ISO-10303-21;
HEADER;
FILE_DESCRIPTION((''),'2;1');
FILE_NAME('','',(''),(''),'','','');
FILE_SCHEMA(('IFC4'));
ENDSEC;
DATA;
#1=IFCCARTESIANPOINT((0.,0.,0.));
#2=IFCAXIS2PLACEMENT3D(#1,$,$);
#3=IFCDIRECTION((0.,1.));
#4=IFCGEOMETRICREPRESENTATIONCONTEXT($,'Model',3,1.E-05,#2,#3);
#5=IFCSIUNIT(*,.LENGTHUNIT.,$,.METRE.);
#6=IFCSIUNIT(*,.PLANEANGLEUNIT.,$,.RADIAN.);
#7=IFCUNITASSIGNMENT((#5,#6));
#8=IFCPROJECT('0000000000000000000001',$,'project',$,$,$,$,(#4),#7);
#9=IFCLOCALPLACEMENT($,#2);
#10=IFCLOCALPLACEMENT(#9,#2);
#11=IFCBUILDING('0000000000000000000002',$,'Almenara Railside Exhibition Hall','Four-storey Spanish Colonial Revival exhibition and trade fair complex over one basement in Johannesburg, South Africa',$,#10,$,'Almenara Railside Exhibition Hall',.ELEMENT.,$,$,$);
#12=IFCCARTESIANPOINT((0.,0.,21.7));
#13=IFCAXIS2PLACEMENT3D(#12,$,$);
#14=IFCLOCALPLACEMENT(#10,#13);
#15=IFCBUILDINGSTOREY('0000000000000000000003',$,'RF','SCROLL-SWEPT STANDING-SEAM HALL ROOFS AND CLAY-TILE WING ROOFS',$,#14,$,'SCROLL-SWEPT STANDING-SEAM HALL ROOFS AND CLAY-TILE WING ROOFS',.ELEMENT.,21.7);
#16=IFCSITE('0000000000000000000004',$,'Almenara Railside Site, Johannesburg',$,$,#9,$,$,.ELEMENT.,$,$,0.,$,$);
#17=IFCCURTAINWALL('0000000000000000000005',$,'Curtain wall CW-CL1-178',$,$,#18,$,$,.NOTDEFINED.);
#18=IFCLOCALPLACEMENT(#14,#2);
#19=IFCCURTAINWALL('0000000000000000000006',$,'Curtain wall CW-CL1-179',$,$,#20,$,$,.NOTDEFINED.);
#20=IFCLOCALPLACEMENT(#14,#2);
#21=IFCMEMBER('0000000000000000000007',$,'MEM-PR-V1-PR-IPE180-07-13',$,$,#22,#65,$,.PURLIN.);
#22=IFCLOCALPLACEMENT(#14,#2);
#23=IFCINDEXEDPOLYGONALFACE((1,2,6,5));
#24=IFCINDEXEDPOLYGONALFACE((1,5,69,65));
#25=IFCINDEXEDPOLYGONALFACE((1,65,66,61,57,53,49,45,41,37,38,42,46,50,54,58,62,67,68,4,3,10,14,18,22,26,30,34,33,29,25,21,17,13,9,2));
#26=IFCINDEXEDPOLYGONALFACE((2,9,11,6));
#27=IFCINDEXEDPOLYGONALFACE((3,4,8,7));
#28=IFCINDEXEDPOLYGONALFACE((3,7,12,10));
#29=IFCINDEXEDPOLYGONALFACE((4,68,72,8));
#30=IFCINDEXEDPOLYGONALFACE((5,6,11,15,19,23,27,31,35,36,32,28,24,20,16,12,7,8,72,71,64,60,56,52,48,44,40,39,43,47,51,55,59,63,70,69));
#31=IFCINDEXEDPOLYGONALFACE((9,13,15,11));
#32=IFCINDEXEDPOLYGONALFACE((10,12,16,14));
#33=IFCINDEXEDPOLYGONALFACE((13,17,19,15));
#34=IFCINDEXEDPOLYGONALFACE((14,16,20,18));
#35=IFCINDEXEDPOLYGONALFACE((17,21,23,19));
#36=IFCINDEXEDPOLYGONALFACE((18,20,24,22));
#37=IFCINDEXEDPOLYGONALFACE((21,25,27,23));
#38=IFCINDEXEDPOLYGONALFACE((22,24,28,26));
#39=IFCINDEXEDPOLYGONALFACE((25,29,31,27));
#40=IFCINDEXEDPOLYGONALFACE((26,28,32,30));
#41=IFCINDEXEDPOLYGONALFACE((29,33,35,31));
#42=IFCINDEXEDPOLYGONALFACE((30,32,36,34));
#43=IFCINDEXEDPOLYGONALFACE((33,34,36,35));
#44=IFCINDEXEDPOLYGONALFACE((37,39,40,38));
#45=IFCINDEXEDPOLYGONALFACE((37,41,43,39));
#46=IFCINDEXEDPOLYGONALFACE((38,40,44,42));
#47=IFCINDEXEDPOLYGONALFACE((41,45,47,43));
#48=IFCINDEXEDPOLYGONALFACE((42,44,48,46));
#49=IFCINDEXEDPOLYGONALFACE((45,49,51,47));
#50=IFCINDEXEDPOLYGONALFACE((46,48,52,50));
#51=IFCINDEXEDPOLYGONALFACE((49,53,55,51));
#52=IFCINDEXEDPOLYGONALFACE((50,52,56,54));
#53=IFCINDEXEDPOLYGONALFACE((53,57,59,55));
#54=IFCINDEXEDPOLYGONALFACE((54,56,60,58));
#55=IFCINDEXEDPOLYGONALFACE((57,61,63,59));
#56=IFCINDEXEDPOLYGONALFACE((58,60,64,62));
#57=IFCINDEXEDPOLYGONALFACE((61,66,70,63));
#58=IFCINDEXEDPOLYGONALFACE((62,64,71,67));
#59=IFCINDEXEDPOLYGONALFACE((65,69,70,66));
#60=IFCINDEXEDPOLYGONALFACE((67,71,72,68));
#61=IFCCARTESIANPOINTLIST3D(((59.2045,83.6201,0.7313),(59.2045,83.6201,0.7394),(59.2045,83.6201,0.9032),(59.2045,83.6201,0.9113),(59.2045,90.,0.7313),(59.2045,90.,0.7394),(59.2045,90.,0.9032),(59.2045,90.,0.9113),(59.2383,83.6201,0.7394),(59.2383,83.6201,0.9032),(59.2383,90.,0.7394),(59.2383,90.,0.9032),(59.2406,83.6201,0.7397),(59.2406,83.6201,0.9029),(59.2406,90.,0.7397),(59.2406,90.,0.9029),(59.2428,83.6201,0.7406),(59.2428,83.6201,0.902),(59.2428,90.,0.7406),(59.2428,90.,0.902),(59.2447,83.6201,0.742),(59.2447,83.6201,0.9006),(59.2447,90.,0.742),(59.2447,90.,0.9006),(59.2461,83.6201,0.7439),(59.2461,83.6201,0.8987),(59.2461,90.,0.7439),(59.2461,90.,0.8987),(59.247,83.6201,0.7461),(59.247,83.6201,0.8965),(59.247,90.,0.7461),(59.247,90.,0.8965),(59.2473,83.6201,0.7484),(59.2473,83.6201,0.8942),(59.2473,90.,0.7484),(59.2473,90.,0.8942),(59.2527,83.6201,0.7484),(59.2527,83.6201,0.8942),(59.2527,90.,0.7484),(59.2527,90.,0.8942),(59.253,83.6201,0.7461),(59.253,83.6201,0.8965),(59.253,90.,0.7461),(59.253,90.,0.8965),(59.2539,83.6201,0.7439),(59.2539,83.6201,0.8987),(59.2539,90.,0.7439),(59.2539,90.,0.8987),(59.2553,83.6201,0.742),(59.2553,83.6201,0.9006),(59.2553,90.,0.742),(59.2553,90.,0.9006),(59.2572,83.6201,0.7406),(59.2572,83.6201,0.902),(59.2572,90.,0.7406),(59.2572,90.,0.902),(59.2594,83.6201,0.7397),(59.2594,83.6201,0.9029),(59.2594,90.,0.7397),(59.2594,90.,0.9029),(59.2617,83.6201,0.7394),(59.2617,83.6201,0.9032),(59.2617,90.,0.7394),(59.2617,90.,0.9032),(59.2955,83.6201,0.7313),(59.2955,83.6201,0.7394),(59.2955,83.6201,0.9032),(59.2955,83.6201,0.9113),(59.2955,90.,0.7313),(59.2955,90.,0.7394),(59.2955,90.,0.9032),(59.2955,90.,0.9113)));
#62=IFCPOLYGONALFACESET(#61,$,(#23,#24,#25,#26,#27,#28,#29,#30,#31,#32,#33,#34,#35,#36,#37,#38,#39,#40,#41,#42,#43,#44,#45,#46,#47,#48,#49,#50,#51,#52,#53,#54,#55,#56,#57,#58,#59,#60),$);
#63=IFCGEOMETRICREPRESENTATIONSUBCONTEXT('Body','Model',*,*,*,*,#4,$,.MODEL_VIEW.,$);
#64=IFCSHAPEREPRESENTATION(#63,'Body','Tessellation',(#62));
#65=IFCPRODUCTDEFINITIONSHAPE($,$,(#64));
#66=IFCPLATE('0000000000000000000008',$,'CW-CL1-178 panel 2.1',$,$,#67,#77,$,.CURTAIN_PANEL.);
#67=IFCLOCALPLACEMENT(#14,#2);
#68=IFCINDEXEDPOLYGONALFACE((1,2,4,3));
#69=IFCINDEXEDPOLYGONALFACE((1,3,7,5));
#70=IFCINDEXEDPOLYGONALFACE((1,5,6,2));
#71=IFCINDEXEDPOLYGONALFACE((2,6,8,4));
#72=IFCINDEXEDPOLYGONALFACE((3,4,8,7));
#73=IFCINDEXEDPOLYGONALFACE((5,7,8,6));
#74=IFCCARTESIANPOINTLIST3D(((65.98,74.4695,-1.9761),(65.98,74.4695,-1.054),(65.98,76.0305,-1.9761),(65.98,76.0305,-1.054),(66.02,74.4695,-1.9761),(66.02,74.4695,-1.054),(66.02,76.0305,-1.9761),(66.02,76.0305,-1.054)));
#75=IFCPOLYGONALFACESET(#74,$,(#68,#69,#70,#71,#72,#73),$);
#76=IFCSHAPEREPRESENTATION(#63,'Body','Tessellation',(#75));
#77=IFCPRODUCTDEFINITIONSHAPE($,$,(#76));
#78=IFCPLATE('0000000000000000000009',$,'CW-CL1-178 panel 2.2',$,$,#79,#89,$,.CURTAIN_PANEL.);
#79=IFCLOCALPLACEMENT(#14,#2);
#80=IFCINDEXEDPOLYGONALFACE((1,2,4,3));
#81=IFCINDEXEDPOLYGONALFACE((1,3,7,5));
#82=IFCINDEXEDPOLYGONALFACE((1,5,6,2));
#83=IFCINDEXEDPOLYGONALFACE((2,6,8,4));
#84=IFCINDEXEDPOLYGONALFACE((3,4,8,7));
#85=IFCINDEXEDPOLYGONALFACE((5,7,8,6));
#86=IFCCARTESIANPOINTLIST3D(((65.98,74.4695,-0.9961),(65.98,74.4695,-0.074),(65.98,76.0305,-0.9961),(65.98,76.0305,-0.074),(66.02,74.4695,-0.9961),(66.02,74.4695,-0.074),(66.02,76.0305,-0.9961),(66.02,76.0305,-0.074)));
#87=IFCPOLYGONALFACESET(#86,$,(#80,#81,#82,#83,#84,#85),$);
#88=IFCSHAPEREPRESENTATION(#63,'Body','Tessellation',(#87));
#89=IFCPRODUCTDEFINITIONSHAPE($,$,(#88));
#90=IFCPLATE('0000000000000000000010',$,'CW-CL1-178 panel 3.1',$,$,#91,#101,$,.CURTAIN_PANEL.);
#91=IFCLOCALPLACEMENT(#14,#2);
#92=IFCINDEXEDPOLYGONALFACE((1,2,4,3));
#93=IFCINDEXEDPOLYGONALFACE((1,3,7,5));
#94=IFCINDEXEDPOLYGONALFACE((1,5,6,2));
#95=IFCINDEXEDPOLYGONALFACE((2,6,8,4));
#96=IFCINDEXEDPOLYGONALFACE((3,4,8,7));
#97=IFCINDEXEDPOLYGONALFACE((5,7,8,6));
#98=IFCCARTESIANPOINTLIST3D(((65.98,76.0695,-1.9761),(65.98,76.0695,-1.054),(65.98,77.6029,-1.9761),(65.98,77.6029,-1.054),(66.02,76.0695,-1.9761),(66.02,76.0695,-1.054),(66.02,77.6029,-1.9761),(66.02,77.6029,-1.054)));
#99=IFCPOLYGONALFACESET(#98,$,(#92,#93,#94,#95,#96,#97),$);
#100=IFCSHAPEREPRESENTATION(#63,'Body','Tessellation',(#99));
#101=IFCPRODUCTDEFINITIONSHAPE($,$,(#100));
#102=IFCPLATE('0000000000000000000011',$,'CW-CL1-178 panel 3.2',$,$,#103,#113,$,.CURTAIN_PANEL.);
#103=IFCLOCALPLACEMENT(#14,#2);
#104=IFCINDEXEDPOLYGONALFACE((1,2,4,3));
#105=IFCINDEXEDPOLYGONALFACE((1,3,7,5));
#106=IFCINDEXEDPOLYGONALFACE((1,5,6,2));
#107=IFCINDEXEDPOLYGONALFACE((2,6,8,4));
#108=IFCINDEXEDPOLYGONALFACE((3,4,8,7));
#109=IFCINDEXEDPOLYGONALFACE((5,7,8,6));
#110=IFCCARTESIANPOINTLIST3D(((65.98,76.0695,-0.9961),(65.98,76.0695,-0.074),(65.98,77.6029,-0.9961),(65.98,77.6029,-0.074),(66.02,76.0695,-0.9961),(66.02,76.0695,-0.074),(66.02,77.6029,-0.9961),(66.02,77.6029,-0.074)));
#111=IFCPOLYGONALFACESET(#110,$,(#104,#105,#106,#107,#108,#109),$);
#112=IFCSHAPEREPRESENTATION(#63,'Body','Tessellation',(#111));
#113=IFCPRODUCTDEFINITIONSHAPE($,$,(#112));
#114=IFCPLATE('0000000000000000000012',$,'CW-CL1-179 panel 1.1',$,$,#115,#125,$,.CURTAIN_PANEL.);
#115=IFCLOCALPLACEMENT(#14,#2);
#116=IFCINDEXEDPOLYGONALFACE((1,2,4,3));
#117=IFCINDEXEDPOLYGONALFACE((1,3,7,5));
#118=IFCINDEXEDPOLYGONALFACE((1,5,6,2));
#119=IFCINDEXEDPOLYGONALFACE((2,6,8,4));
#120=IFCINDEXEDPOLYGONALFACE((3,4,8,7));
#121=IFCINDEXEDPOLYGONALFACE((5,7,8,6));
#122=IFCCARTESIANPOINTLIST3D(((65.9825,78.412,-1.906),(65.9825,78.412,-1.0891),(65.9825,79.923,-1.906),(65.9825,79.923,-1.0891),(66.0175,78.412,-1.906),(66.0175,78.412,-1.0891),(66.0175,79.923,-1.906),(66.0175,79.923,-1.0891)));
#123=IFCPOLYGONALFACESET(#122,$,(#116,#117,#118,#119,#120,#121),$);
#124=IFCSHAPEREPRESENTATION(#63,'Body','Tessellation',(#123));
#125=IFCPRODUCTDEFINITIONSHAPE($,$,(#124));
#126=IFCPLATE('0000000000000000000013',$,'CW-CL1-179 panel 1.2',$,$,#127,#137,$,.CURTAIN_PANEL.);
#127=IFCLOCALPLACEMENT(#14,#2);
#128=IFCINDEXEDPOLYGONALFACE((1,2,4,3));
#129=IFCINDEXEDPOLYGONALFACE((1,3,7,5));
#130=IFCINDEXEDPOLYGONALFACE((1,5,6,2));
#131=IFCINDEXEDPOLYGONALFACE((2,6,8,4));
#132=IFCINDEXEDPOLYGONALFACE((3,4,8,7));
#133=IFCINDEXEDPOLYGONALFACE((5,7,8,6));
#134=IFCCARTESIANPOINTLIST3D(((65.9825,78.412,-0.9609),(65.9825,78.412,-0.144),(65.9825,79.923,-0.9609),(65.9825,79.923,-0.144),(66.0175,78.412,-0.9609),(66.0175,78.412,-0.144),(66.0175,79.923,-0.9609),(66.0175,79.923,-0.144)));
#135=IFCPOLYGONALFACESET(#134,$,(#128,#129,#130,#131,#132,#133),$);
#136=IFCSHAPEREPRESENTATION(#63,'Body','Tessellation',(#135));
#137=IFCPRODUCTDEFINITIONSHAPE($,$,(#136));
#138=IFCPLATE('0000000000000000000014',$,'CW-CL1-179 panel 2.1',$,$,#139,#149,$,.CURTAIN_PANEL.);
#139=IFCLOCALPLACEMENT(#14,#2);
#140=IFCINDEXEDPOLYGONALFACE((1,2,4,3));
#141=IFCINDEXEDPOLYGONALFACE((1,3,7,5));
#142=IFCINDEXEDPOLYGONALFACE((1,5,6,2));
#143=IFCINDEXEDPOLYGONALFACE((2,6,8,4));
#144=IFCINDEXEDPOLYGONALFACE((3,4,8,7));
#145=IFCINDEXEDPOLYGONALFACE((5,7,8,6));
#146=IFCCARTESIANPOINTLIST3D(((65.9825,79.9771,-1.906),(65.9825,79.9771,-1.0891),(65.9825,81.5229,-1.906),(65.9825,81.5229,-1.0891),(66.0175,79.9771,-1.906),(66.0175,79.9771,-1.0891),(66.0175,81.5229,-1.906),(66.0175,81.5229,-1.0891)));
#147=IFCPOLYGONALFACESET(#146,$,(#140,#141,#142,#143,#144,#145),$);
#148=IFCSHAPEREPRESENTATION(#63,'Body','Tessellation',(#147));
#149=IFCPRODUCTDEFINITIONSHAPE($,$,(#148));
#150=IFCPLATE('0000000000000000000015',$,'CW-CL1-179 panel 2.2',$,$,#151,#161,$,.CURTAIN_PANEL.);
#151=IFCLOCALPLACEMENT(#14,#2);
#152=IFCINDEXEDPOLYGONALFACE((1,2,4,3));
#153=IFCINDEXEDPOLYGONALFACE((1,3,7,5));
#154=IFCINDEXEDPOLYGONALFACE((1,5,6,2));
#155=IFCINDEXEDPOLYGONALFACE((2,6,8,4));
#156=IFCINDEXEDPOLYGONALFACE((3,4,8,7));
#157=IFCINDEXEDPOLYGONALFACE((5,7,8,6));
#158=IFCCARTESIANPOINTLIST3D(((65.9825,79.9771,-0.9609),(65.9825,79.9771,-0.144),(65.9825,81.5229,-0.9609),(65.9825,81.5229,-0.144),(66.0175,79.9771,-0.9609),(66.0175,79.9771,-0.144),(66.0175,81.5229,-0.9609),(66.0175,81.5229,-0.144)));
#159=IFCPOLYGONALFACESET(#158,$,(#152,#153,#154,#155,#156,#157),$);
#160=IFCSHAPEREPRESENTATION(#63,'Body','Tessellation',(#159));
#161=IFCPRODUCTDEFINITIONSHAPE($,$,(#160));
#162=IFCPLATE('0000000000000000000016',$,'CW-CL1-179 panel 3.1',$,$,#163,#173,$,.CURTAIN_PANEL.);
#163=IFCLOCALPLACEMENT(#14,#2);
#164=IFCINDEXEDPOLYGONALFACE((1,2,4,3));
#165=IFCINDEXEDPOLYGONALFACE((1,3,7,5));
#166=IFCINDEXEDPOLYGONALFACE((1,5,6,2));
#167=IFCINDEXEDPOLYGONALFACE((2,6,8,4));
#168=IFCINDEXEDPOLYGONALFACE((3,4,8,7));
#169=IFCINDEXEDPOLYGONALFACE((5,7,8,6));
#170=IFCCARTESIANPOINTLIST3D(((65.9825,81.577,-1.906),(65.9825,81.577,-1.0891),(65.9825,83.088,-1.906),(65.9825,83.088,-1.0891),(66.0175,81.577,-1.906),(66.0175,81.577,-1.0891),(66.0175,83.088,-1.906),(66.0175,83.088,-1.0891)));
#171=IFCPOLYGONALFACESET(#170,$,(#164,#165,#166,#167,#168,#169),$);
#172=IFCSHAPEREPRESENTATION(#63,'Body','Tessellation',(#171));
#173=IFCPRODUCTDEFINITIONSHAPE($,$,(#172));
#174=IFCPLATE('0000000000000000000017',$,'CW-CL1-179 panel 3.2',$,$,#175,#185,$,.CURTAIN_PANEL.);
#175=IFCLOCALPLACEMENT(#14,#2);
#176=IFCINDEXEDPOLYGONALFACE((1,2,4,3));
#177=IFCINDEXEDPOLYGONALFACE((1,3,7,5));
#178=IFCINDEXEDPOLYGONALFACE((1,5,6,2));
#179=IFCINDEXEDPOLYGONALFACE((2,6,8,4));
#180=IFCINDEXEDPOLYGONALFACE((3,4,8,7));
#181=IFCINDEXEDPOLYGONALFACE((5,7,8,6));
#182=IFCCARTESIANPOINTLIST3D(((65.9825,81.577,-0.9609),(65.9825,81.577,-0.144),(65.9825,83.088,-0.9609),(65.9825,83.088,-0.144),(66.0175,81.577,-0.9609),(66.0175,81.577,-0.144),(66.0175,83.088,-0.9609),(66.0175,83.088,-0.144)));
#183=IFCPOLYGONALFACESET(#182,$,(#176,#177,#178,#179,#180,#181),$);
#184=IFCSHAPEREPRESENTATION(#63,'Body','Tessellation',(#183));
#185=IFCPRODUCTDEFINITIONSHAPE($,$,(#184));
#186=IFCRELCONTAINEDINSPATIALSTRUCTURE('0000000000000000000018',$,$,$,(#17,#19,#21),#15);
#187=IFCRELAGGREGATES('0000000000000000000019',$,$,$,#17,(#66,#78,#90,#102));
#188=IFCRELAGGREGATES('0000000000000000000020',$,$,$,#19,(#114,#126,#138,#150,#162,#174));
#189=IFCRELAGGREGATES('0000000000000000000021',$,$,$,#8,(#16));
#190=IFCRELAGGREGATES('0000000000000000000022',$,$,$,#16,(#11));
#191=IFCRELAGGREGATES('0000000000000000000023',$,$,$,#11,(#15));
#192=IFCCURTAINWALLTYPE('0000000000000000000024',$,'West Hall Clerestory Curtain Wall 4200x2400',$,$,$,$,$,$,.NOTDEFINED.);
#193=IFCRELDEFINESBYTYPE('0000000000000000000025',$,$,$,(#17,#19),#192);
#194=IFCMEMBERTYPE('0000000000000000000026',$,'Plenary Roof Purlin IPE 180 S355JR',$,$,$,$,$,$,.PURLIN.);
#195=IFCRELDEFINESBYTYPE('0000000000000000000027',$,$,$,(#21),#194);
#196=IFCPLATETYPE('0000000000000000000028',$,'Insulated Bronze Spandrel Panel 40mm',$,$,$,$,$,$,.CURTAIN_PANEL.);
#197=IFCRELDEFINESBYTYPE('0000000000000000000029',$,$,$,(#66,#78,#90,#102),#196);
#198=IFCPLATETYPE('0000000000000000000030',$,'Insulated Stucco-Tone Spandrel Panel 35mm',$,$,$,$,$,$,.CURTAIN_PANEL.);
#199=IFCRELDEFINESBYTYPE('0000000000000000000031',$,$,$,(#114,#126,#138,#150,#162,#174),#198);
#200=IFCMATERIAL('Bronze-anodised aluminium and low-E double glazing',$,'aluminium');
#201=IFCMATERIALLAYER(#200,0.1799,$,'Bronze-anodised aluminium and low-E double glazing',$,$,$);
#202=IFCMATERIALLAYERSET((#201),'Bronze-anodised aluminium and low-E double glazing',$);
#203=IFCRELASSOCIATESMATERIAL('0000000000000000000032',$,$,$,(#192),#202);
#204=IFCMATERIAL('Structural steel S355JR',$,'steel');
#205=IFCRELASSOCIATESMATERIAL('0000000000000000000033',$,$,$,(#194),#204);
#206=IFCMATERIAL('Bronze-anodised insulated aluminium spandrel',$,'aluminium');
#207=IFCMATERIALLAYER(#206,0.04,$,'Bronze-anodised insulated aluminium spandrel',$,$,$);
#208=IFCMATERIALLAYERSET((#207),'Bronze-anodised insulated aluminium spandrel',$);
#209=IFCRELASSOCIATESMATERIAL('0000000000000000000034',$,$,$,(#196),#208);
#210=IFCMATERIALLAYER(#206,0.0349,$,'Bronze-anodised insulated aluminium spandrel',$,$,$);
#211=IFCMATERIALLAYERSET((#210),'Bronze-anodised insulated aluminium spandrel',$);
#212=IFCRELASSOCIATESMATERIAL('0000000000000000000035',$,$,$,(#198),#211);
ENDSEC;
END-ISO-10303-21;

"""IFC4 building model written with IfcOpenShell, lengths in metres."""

from ifc_helpers import new_model, si_unit, direction, frame, origin, origin_2d, place, context, subcontext, project, spatial, rectangle, i_section, extrude, material, layer, layer_set, material_profile, profile_set, type_object, element, aggregate, save


model = new_model("IFC4")

# Units and contexts
model_context = context("Model", 3, precision=1e-05, world=origin(), true_north=direction((0.0, 1.0)))
body_context = subcontext(model_context, "Body", "Model", "MODEL_VIEW")
ifc_project = project(units=[si_unit("LENGTHUNIT", "METRE"), si_unit("PLANEANGLEUNIT", "RADIAN")], contexts=[model_context])

# Site, building, storey
site_placement = place(None, origin())
site = spatial("IfcSite", under=ifc_project, at=site_placement, Name="Almenara Railside Site, Johannesburg", CompositionType="ELEMENT", RefElevation=0.0)
building_placement = place(site_placement, origin())
building = spatial("IfcBuilding", under=site, at=building_placement, Name="Almenara Railside Exhibition Hall", Description="Four-storey Spanish Colonial Revival exhibition and trade fair complex over one basement in Johannesburg, South Africa", LongName="Almenara Railside Exhibition Hall", CompositionType="ELEMENT")
storey_placement = place(building_placement, frame((0.0, 0.0, 21.7)))
storey = spatial("IfcBuildingStorey", under=building, at=storey_placement, Name="RF", Description="SCROLL-SWEPT STANDING-SEAM HALL ROOFS AND CLAY-TILE WING ROOFS", LongName="SCROLL-SWEPT STANDING-SEAM HALL ROOFS AND CLAY-TILE WING ROOFS", CompositionType="ELEMENT", Elevation=21.7)

# Shared definitions
ifc_material_1 = material(Name="Structural steel S355JR", Category="steel")

# Curtain walls
ifc_material_2 = material(Name="Bronze-anodised aluminium and low-E double glazing", Category="aluminium")
ifc_layer_1 = layer(ifc_material_2, 0.1799, Name="Bronze-anodised aluminium and low-E double glazing")
ifc_layer_set_1 = layer_set([ifc_layer_1], Name="Bronze-anodised aluminium and low-E double glazing")
curtain_wall_type = type_object("IfcCurtainWallType", Name="West Hall Clerestory Curtain Wall 4200x2400", PredefinedType="NOTDEFINED", material=ifc_layer_set_1)
curtain_wall_1_placement = place(storey_placement, origin())
curtain_wall_1 = element("IfcCurtainWall", 1, at=curtain_wall_1_placement, inside=storey, type_object=curtain_wall_type, Name="Curtain wall CW-CL1-178", PredefinedType="NOTDEFINED")
curtain_wall_2_placement = place(storey_placement, origin())
curtain_wall_2 = element("IfcCurtainWall", 2, at=curtain_wall_2_placement, inside=storey, type_object=curtain_wall_type, Name="Curtain wall CW-CL1-179", PredefinedType="NOTDEFINED")

# Member
ifc_material_profile_1 = material_profile(ifc_material_1, i_section(OverallWidth=0.0911, OverallDepth=0.1799, WebThickness=0.0054, FlangeThickness=0.0081, FilletRadius=0.009, at=origin_2d()), Name="IPE 180")
ifc_profile_set_1 = profile_set([ifc_material_profile_1], Name="Structural steel S355JR")
member_type_1 = type_object("IfcMemberType", Name="Plenary Roof Purlin IPE 180 S355JR", PredefinedType="PURLIN", material=ifc_profile_set_1)
member_1_placement = place(storey_placement, frame((59.25, 83.6201, 0.8213), z_axis=(0.0, 1.0, 0.0), x_axis=(-1.0, 0.0, 0.0)))
element("IfcMember", 3, at=member_1_placement, inside=storey, type_object=member_type_1, Name="MEM-PR-V1-PR-IPE180-07-13", PredefinedType="PURLIN", context=body_context, shape_type="SweptSolid", body=[
    extrude(i_section(OverallWidth=0.0911, OverallDepth=0.1799, WebThickness=0.0054, FlangeThickness=0.0081, FilletRadius=0.009, at=origin_2d()), origin(), (0.0, 0.0, 1.0), 6.3799),
])

# Plates
ifc_material_3 = material(Name="Bronze-anodised insulated aluminium spandrel", Category="aluminium")
ifc_layer_2 = layer(ifc_material_3, 0.04, Name="Bronze-anodised insulated aluminium spandrel")
ifc_layer_set_2 = layer_set([ifc_layer_2], Name="Bronze-anodised insulated aluminium spandrel")
plate_type_1 = type_object("IfcPlateType", Name="Insulated Bronze Spandrel Panel 40mm", PredefinedType="CURTAIN_PANEL", material=ifc_layer_set_2)
plate_1_placement = place(storey_placement, frame((66.0, 75.25, -1.9761), z_axis=(0.0, 0.0, 1.0), x_axis=(0.0, 1.0, 0.0)))
plate_1 = element("IfcPlate", 4, at=plate_1_placement, type_object=plate_type_1, Name="CW-CL1-178 panel 2.1", PredefinedType="CURTAIN_PANEL", context=body_context, shape_type="SweptSolid", body=[
    extrude(rectangle(XDim=1.561, YDim=0.04, at=origin_2d()), origin(), (0.0, 0.0, 1.0), 0.9221),
])
plate_2_placement = place(storey_placement, frame((66.0, 75.25, -0.9961), z_axis=(0.0, 0.0, 1.0), x_axis=(0.0, 1.0, 0.0)))
plate_2 = element("IfcPlate", 5, at=plate_2_placement, type_object=plate_type_1, Name="CW-CL1-178 panel 2.2", PredefinedType="CURTAIN_PANEL", context=body_context, shape_type="SweptSolid", body=[
    extrude(rectangle(XDim=1.561, YDim=0.04, at=origin_2d()), origin(), (0.0, 0.0, 1.0), 0.9221),
])
plate_3_placement = place(storey_placement, frame((66.0, 76.8362, -1.9761), z_axis=(0.0, 0.0, 1.0), x_axis=(0.0, 1.0, 0.0)))
plate_3 = element("IfcPlate", 6, at=plate_3_placement, type_object=plate_type_1, Name="CW-CL1-178 panel 3.1", PredefinedType="CURTAIN_PANEL", context=body_context, shape_type="SweptSolid", body=[
    extrude(rectangle(XDim=1.5334, YDim=0.04, at=origin_2d()), origin(), (0.0, 0.0, 1.0), 0.9221),
])
plate_4_placement = place(storey_placement, frame((66.0, 76.8362, -0.9961), z_axis=(0.0, 0.0, 1.0), x_axis=(0.0, 1.0, 0.0)))
plate_4 = element("IfcPlate", 7, at=plate_4_placement, type_object=plate_type_1, Name="CW-CL1-178 panel 3.2", PredefinedType="CURTAIN_PANEL", context=body_context, shape_type="SweptSolid", body=[
    extrude(rectangle(XDim=1.5334, YDim=0.04, at=origin_2d()), origin(), (0.0, 0.0, 1.0), 0.9221),
])
aggregate(curtain_wall_1, [plate_1, plate_2, plate_3, plate_4])
ifc_layer_3 = layer(ifc_material_3, 0.0349, Name="Bronze-anodised insulated aluminium spandrel")
ifc_layer_set_3 = layer_set([ifc_layer_3], Name="Bronze-anodised insulated aluminium spandrel")
plate_type_2 = type_object("IfcPlateType", Name="Insulated Stucco-Tone Spandrel Panel 35mm", PredefinedType="CURTAIN_PANEL", material=ifc_layer_set_3)
plate_5_placement = place(storey_placement, frame((66.0, 79.1675, -1.906), z_axis=(0.0, 0.0, 1.0), x_axis=(0.0, 1.0, 0.0)))
plate_5 = element("IfcPlate", 8, at=plate_5_placement, type_object=plate_type_2, Name="CW-CL1-179 panel 1.1", PredefinedType="CURTAIN_PANEL", context=body_context, shape_type="SweptSolid", body=[
    extrude(rectangle(XDim=1.511, YDim=0.0349, at=origin_2d()), origin(), (0.0, 0.0, 1.0), 0.8169),
])
plate_6_placement = place(storey_placement, frame((66.0, 79.1675, -0.9609), z_axis=(0.0, 0.0, 1.0), x_axis=(0.0, 1.0, 0.0)))
plate_6 = element("IfcPlate", 9, at=plate_6_placement, type_object=plate_type_2, Name="CW-CL1-179 panel 1.2", PredefinedType="CURTAIN_PANEL", context=body_context, shape_type="SweptSolid", body=[
    extrude(rectangle(XDim=1.511, YDim=0.0349, at=origin_2d()), origin(), (0.0, 0.0, 1.0), 0.8169),
])
plate_7_placement = place(storey_placement, frame((66.0, 80.75, -1.906), z_axis=(0.0, 0.0, 1.0), x_axis=(0.0, 1.0, 0.0)))
plate_7 = element("IfcPlate", 10, at=plate_7_placement, type_object=plate_type_2, Name="CW-CL1-179 panel 2.1", PredefinedType="CURTAIN_PANEL", context=body_context, shape_type="SweptSolid", body=[
    extrude(rectangle(XDim=1.5459, YDim=0.0349, at=origin_2d()), origin(), (0.0, 0.0, 1.0), 0.8169),
])
plate_8_placement = place(storey_placement, frame((66.0, 80.75, -0.9609), z_axis=(0.0, 0.0, 1.0), x_axis=(0.0, 1.0, 0.0)))
plate_8 = element("IfcPlate", 11, at=plate_8_placement, type_object=plate_type_2, Name="CW-CL1-179 panel 2.2", PredefinedType="CURTAIN_PANEL", context=body_context, shape_type="SweptSolid", body=[
    extrude(rectangle(XDim=1.5459, YDim=0.0349, at=origin_2d()), origin(), (0.0, 0.0, 1.0), 0.8169),
])
plate_9_placement = place(storey_placement, frame((66.0, 82.3325, -1.906), z_axis=(0.0, 0.0, 1.0), x_axis=(0.0, 1.0, 0.0)))
plate_9 = element("IfcPlate", 12, at=plate_9_placement, type_object=plate_type_2, Name="CW-CL1-179 panel 3.1", PredefinedType="CURTAIN_PANEL", context=body_context, shape_type="SweptSolid", body=[
    extrude(rectangle(XDim=1.511, YDim=0.0349, at=origin_2d()), origin(), (0.0, 0.0, 1.0), 0.8169),
])
plate_10_placement = place(storey_placement, frame((66.0, 82.3325, -0.9609), z_axis=(0.0, 0.0, 1.0), x_axis=(0.0, 1.0, 0.0)))
plate_10 = element("IfcPlate", 13, at=plate_10_placement, type_object=plate_type_2, Name="CW-CL1-179 panel 3.2", PredefinedType="CURTAIN_PANEL", context=body_context, shape_type="SweptSolid", body=[
    extrude(rectangle(XDim=1.511, YDim=0.0349, at=origin_2d()), origin(), (0.0, 0.0, 1.0), 0.8169),
])
aggregate(curtain_wall_2, [plate_5, plate_6, plate_7, plate_8, plate_9, plate_10])

save(model, "model.ifc")
